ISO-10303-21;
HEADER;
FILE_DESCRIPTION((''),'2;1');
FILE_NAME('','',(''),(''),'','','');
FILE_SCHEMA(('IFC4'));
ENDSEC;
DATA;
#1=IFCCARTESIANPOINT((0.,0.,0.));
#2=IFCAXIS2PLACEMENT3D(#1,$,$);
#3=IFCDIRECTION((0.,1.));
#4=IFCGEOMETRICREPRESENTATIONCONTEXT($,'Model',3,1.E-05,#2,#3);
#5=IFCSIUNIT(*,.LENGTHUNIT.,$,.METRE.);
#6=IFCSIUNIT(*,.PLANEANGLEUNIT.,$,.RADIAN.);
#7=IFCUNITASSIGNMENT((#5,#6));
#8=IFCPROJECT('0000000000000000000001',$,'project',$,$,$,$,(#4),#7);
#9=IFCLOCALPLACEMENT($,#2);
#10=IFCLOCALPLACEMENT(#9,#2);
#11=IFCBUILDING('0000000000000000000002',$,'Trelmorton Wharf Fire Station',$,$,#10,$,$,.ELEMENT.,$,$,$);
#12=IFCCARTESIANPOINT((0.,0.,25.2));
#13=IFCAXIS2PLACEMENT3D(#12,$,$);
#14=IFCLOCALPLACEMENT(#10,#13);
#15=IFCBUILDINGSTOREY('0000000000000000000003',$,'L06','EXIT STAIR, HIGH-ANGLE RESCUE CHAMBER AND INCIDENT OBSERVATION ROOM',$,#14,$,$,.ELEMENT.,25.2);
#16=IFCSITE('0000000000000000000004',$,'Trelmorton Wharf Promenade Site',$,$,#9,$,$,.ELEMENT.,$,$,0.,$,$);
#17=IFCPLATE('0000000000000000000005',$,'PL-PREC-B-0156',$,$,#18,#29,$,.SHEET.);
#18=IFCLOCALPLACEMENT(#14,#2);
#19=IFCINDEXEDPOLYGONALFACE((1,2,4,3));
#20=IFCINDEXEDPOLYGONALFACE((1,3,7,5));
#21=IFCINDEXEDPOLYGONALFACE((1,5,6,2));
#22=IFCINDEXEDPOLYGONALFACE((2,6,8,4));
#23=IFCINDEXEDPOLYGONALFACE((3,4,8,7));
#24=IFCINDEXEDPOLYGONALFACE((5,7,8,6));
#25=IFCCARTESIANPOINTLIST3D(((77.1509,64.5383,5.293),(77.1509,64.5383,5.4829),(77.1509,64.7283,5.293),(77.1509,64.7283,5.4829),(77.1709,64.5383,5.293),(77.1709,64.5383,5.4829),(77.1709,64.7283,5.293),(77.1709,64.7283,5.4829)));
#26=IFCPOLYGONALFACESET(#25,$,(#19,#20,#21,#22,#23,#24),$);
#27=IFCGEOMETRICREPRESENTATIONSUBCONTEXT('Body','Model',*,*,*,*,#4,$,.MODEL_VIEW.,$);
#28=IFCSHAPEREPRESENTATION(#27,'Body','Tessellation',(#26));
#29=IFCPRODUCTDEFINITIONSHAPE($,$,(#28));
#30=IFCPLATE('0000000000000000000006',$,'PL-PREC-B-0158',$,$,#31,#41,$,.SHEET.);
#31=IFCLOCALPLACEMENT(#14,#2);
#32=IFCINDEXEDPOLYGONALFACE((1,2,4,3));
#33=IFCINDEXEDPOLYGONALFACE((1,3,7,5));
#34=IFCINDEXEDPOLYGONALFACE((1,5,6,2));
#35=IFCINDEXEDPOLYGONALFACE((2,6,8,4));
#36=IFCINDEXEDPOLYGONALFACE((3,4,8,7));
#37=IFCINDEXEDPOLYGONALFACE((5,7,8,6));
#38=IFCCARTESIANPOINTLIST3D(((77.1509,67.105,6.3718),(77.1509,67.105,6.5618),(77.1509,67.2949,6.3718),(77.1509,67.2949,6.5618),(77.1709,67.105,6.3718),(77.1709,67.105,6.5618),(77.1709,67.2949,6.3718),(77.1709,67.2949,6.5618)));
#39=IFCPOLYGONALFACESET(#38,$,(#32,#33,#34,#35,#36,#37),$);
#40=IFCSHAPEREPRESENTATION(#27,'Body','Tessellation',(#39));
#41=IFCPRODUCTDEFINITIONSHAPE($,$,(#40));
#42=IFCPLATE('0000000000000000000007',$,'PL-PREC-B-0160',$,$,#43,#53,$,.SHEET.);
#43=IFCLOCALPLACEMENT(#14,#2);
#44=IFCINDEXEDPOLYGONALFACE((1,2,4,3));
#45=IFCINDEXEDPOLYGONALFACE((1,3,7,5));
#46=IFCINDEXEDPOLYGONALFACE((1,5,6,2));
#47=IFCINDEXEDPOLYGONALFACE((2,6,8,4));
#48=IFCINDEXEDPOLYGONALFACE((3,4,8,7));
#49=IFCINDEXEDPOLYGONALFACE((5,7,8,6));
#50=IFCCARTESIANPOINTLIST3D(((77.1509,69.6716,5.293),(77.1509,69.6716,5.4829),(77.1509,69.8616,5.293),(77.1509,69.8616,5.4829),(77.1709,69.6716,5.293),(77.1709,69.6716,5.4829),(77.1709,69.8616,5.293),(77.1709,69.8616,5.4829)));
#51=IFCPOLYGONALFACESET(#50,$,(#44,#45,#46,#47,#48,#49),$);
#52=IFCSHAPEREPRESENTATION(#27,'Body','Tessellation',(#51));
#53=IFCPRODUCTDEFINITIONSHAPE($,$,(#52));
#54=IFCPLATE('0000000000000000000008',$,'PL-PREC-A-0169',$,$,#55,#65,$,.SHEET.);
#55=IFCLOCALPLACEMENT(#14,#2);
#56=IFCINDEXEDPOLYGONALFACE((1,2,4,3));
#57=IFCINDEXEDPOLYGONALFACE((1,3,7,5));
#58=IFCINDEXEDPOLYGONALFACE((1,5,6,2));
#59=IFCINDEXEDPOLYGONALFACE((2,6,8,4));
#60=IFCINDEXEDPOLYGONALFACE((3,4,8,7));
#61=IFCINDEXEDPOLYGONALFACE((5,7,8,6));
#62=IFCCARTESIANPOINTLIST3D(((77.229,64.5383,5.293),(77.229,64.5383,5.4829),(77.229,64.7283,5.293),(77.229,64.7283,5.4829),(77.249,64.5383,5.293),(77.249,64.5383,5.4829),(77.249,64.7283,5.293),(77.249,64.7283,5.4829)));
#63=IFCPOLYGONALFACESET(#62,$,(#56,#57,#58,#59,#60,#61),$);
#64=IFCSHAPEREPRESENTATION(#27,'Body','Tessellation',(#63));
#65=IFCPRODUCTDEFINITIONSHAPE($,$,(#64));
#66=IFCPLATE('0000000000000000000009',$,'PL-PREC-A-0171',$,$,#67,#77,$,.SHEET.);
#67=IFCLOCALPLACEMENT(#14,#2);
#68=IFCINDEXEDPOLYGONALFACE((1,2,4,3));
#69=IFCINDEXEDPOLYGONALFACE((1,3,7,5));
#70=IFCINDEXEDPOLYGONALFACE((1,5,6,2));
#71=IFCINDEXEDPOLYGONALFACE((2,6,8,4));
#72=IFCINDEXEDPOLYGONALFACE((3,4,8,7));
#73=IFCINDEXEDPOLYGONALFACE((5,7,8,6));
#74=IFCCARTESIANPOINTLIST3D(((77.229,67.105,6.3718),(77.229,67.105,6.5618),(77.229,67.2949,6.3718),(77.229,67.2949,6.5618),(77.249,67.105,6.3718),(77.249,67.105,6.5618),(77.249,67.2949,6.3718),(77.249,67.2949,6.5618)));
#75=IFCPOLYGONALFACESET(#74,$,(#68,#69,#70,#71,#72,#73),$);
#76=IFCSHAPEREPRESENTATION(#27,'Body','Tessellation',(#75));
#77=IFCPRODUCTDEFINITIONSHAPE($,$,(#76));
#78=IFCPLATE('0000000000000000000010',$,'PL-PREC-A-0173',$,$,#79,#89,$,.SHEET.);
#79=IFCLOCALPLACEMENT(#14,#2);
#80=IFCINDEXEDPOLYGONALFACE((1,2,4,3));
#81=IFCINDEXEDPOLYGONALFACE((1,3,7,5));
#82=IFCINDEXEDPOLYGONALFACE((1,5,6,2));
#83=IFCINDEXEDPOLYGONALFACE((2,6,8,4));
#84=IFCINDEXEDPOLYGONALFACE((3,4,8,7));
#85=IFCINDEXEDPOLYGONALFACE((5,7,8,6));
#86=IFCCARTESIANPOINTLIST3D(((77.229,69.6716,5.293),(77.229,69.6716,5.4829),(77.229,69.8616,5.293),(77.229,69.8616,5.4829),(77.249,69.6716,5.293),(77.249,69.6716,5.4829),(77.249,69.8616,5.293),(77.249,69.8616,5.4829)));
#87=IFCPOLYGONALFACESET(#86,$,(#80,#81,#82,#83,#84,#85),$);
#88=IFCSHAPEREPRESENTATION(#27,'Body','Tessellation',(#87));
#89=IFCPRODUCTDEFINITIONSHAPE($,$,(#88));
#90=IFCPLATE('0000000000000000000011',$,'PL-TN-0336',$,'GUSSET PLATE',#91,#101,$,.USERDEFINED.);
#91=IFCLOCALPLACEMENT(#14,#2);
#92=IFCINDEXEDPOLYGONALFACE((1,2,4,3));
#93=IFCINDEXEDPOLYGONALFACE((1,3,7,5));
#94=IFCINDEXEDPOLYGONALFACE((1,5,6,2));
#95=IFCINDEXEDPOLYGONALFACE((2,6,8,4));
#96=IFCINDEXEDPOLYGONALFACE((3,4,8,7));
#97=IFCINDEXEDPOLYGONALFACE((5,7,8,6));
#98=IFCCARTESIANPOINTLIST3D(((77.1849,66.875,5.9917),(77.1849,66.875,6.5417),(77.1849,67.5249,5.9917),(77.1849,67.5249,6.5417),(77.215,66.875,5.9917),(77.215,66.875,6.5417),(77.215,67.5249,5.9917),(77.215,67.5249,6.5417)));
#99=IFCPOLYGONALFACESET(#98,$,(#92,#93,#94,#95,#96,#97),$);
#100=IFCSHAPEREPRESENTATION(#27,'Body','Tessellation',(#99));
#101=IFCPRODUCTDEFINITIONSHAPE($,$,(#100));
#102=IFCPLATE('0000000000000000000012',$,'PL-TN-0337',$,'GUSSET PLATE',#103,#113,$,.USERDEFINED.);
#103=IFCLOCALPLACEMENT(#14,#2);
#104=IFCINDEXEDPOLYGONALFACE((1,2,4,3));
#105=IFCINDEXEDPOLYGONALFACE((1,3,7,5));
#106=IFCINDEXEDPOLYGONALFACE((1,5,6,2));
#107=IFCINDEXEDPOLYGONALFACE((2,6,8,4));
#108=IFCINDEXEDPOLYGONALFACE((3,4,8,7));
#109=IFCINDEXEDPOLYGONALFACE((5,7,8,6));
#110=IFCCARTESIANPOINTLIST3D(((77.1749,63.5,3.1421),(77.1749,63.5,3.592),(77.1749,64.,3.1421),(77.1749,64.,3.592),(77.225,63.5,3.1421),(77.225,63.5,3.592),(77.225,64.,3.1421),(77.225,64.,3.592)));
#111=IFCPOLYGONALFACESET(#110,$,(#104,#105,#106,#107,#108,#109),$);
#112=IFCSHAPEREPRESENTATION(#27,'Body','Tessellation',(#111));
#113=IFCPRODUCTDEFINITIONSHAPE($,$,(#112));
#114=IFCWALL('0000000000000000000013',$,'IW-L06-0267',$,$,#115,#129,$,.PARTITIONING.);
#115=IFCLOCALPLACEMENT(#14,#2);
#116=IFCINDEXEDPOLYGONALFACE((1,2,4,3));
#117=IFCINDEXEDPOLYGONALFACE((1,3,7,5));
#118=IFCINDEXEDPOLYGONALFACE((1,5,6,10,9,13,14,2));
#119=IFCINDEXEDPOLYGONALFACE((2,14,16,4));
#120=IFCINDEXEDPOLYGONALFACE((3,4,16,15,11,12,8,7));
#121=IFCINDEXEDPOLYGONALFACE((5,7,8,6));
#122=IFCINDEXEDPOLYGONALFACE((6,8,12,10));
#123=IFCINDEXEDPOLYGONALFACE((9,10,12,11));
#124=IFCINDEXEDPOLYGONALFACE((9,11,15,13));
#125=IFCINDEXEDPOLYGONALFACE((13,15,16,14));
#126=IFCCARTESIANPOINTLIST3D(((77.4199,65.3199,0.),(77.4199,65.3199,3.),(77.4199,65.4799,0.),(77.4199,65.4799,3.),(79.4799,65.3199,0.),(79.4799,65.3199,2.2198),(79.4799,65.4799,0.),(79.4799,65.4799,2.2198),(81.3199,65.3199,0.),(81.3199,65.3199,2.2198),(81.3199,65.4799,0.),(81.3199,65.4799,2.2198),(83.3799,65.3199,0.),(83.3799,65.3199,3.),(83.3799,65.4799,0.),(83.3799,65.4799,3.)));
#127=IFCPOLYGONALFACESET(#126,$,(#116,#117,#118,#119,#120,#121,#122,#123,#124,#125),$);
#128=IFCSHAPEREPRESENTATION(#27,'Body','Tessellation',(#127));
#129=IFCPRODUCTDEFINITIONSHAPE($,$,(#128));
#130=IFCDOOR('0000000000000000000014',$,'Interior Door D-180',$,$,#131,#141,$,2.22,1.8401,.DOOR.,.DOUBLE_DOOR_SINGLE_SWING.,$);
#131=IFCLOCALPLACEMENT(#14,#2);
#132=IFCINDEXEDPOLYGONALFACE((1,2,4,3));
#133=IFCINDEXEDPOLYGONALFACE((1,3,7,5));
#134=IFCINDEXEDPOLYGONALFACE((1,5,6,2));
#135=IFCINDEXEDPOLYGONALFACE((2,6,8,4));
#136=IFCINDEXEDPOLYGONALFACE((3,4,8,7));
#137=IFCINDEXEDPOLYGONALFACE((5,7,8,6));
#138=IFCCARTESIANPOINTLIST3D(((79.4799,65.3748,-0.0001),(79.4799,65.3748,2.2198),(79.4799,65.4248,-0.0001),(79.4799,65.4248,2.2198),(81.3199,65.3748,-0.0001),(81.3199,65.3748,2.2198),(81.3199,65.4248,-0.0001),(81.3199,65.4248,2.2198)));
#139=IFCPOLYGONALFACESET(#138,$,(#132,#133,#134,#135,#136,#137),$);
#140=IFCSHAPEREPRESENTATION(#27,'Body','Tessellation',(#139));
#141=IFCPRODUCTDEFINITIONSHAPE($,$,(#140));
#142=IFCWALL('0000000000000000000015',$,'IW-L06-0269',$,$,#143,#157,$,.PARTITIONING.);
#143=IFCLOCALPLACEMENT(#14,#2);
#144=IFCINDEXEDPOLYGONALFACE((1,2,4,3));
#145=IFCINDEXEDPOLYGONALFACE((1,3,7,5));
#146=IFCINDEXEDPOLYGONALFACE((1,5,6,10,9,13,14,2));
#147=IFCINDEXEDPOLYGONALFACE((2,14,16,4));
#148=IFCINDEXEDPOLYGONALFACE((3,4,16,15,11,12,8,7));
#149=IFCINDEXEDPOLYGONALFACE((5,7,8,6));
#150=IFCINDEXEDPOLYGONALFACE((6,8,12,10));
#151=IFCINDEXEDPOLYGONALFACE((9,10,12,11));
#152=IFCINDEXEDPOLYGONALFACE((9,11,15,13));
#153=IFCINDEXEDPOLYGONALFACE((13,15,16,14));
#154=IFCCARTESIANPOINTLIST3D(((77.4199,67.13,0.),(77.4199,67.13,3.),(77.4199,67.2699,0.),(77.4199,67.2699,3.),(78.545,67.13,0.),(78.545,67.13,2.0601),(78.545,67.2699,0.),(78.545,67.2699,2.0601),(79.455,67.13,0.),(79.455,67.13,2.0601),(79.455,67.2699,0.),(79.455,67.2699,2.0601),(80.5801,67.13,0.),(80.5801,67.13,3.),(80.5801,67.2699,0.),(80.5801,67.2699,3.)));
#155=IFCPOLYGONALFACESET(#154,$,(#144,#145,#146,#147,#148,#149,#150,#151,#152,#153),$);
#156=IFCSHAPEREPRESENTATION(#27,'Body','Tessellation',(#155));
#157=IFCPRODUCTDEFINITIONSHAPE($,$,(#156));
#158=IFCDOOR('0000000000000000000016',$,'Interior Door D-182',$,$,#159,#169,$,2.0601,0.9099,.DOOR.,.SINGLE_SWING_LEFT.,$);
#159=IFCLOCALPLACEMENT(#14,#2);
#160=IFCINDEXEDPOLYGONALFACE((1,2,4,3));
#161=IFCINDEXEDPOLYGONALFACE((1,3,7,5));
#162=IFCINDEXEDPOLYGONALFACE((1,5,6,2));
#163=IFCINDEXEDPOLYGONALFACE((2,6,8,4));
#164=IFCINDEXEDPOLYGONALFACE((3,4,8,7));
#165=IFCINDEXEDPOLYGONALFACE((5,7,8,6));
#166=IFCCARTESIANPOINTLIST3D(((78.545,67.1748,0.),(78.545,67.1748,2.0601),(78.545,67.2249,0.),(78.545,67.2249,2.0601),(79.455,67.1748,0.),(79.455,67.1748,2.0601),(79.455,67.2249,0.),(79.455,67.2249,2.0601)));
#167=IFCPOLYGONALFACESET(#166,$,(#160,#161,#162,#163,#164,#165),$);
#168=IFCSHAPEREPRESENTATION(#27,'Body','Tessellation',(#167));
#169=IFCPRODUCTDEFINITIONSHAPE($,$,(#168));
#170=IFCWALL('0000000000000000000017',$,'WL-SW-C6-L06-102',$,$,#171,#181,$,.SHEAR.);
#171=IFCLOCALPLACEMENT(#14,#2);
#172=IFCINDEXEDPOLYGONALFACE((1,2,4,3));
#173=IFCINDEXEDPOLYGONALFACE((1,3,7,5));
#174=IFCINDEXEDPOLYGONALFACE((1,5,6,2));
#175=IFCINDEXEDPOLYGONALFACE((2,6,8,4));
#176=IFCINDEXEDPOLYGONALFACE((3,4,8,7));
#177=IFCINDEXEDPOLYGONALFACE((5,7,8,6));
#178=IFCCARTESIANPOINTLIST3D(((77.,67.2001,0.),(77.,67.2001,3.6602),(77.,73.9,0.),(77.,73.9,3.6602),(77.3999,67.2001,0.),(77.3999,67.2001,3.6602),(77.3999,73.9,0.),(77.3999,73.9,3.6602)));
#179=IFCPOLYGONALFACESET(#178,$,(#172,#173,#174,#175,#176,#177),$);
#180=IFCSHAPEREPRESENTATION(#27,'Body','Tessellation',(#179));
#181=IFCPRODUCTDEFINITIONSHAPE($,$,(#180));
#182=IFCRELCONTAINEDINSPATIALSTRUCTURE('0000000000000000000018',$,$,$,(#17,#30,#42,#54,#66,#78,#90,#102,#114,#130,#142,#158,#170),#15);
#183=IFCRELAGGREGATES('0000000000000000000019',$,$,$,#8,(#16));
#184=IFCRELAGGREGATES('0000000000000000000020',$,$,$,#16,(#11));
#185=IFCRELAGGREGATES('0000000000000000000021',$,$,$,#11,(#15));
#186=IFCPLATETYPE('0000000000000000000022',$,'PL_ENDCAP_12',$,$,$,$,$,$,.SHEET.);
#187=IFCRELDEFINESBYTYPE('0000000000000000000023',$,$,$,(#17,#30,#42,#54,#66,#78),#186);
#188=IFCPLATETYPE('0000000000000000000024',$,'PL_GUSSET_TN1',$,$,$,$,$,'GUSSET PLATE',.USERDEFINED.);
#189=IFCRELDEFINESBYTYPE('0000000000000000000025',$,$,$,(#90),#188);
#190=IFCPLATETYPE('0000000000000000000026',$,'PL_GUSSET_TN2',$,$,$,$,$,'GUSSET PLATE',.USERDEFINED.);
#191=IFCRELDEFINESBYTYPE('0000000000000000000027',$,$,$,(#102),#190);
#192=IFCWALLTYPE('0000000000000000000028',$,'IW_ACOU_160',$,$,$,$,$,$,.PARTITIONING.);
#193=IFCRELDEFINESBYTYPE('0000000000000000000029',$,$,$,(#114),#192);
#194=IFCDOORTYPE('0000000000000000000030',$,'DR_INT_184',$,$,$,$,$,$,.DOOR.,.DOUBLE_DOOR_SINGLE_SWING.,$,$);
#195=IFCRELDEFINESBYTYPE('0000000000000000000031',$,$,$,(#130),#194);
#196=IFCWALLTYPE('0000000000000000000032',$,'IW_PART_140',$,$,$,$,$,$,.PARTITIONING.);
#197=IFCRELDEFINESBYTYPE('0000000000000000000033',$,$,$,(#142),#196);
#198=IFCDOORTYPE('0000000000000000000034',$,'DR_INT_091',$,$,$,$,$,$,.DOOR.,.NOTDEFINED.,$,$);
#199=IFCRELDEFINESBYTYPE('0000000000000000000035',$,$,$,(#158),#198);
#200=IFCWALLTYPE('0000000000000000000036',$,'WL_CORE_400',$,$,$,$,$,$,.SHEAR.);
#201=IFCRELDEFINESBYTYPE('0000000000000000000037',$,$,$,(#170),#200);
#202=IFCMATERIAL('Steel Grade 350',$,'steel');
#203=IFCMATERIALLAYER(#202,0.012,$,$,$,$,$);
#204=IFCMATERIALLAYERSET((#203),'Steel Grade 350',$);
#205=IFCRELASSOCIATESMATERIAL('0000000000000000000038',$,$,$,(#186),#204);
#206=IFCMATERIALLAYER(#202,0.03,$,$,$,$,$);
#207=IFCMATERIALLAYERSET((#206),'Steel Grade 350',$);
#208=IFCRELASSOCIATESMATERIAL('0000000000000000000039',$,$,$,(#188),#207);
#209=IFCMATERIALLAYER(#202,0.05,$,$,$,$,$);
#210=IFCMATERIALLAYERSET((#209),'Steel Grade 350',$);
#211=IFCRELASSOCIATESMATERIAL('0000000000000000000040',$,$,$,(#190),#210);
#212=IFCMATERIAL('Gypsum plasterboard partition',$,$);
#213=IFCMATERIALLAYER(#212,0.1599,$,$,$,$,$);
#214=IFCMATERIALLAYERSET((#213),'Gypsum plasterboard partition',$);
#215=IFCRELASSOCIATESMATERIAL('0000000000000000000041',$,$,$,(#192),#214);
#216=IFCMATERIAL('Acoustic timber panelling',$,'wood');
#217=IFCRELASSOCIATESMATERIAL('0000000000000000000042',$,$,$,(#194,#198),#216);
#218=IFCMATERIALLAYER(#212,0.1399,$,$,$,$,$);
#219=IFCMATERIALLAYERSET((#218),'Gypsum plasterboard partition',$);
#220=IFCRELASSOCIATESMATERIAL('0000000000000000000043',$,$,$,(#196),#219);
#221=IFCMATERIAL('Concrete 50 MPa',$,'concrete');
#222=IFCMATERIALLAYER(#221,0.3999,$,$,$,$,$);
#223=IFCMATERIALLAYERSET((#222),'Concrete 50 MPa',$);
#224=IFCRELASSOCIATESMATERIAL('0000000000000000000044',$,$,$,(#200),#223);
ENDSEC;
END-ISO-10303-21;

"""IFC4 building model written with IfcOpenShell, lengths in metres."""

from ifc_helpers import new_model, si_unit, direction, frame, frame_2d, origin, origin_2d, place, context, subcontext, project, spatial, rectangle, extrude, material, layer, layer_set, type_object, element, fill, save


model = new_model("IFC4")

# Units and contexts
model_context = context("Model", 3, precision=1e-05, world=origin(), true_north=direction((0.0, 1.0)))
body_context = subcontext(model_context, "Body", "Model", "MODEL_VIEW")
ifc_project = project(units=[si_unit("LENGTHUNIT", "METRE"), si_unit("PLANEANGLEUNIT", "RADIAN")], contexts=[model_context])

# Site, building, storey
site_placement = place(None, origin())
site = spatial("IfcSite", under=ifc_project, at=site_placement, Name="Trelmorton Wharf Promenade Site", CompositionType="ELEMENT", RefElevation=0.0)
building_placement = place(site_placement, origin())
building = spatial("IfcBuilding", under=site, at=building_placement, Name="Trelmorton Wharf Fire Station", CompositionType="ELEMENT")
storey_placement = place(building_placement, frame((0.0, 0.0, 25.2)))
storey = spatial("IfcBuildingStorey", under=building, at=storey_placement, Name="L06", Description="EXIT STAIR, HIGH-ANGLE RESCUE CHAMBER AND INCIDENT OBSERVATION ROOM", CompositionType="ELEMENT", Elevation=25.2)

# Shared definitions
ifc_material_1 = material(Name="Steel Grade 350", Category="steel")

# Plates
ifc_layer_1 = layer(ifc_material_1, 0.012)
ifc_layer_set_1 = layer_set([ifc_layer_1], Name="Steel Grade 350")
plate_type_1 = type_object("IfcPlateType", Name="PL_ENDCAP_12", PredefinedType="SHEET", material=ifc_layer_set_1)
for number, where, z_axis, x_axis, name in (
    (1, (77.1609, 64.6333, 5.293), (0.0, 0.0, 1.0), (1.0, 0.0, 0.0), "PL-PREC-B-0156"),
    (2, (77.1609, 67.2, 6.3718), (0.0, 0.0, 1.0), (1.0, 0.0, 0.0), "PL-PREC-B-0158"),
    (3, (77.1609, 69.7666, 5.293), (0.0, 0.0, 1.0), (1.0, 0.0, 0.0), "PL-PREC-B-0160"),
    (4, (77.239, 64.6333, 5.293), (0.0, 0.0, 1.0), (1.0, 0.0, 0.0), "PL-PREC-A-0169"),
    (5, (77.239, 67.2, 6.3718), (0.0, 0.0, 1.0), (1.0, 0.0, 0.0), "PL-PREC-A-0171"),
    (6, (77.239, 69.7666, 5.293), (0.0, 0.0, 1.0), (1.0, 0.0, 0.0), "PL-PREC-A-0173"),
):
    element("IfcPlate", number, at=place(storey_placement, frame(where, z_axis=z_axis, x_axis=x_axis)), inside=storey, type_object=plate_type_1, Name=name, PredefinedType="SHEET", context=body_context, shape_type="SweptSolid", body=[
        extrude(rectangle(XDim=0.02, YDim=0.1899, at=origin_2d()), origin(), (0.0, 0.0, 1.0), 0.1899),
    ])
ifc_layer_2 = layer(ifc_material_1, 0.03)
ifc_layer_set_2 = layer_set([ifc_layer_2], Name="Steel Grade 350")
plate_type_2 = type_object("IfcPlateType", Name="PL_GUSSET_TN1", ElementType="GUSSET PLATE", PredefinedType="USERDEFINED", material=ifc_layer_set_2)
plate_1_placement = place(storey_placement, frame((77.2, 67.2, 5.9917), z_axis=(0.0, 0.0, 1.0), x_axis=(1.0, 0.0, 0.0)))
element("IfcPlate", 7, at=plate_1_placement, inside=storey, type_object=plate_type_2, Name="PL-TN-0336", ObjectType="GUSSET PLATE", PredefinedType="USERDEFINED", context=body_context, shape_type="SweptSolid", body=[
    extrude(rectangle(XDim=0.03, YDim=0.6499, at=origin_2d()), origin(), (0.0, 0.0, 1.0), 0.55),
])
ifc_layer_3 = layer(ifc_material_1, 0.05)
ifc_layer_set_3 = layer_set([ifc_layer_3], Name="Steel Grade 350")
plate_type_3 = type_object("IfcPlateType", Name="PL_GUSSET_TN2", ElementType="GUSSET PLATE", PredefinedType="USERDEFINED", material=ifc_layer_set_3)
plate_2_placement = place(storey_placement, frame((77.2, 63.75, 3.1421), z_axis=(0.0, 0.0, 1.0), x_axis=(1.0, 0.0, 0.0)))
element("IfcPlate", 8, at=plate_2_placement, inside=storey, type_object=plate_type_3, Name="PL-TN-0337", ObjectType="GUSSET PLATE", PredefinedType="USERDEFINED", context=body_context, shape_type="SweptSolid", body=[
    extrude(rectangle(XDim=0.05, YDim=0.5, at=origin_2d()), origin(), (0.0, 0.0, 1.0), 0.45),
])

# Walls, openings, doors
ifc_material_2 = material(Name="Gypsum plasterboard partition")
ifc_layer_4 = layer(ifc_material_2, 0.1599)
ifc_layer_set_4 = layer_set([ifc_layer_4], Name="Gypsum plasterboard partition")
wall_type_1 = type_object("IfcWallType", Name="IW_ACOU_160", PredefinedType="PARTITIONING", material=ifc_layer_set_4)
wall_1_placement = place(storey_placement, frame((77.4199, 65.3999, 0.0), z_axis=(0.0, 0.0, 1.0), x_axis=(1.0, 0.0, 0.0)))
wall_1 = element("IfcWall", 9, at=wall_1_placement, inside=storey, type_object=wall_type_1, Name="IW-L06-0267", PredefinedType="PARTITIONING", context=body_context, shape_type="SweptSolid", body=[
    extrude(rectangle(XDim=5.96, YDim=0.1599, at=frame_2d((2.98, 0.0))), origin(), (0.0, 0.0, 1.0), 3.0),
])
opening_1_placement = place(wall_1_placement, frame((2.0601, 0.0, 0.0)))
opening_1 = element("IfcOpeningElement", 10, at=opening_1_placement, cuts=wall_1, PredefinedType="OPENING", context=body_context, shape_type="SweptSolid", body=[
    extrude(rectangle(XDim=1.8401, YDim=2.22, at=frame_2d((0.9199, 1.1099))), frame((0.0, 0.0898, 0.0), z_axis=(0.0, -1.0, 0.0), x_axis=(1.0, 0.0, 0.0)), (0.0, 0.0, 1.0), 0.1799),
])
ifc_material_3 = material(Name="Acoustic timber panelling", Category="wood")
door_type_1 = type_object("IfcDoorType", Name="DR_INT_184", OperationType="DOUBLE_DOOR_SINGLE_SWING", PredefinedType="DOOR", material=ifc_material_3)
door_1_placement = place(opening_1_placement, origin())
door_1 = element("IfcDoor", 11, at=door_1_placement, inside=storey, type_object=door_type_1, Name="Interior Door D-180", OperationType="DOUBLE_DOOR_SINGLE_SWING", OverallHeight=2.22, OverallWidth=1.8401, PredefinedType="DOOR", context=body_context, shape_type="SweptSolid", body=[
    extrude(rectangle(XDim=1.8401, YDim=2.22, at=frame_2d((0.9199, 1.1099))), frame((0.0, 0.0249, 0.0), z_axis=(0.0, -1.0, 0.0), x_axis=(1.0, 0.0, 0.0)), (0.0, 0.0, 1.0), 0.05),
])
fill(opening_1, door_1)
ifc_layer_5 = layer(ifc_material_2, 0.1399)
ifc_layer_set_5 = layer_set([ifc_layer_5], Name="Gypsum plasterboard partition")
wall_type_2 = type_object("IfcWallType", Name="IW_PART_140", PredefinedType="PARTITIONING", material=ifc_layer_set_5)
wall_2_placement = place(storey_placement, frame((77.4199, 67.2, 0.0), z_axis=(0.0, 0.0, 1.0), x_axis=(1.0, 0.0, 0.0)))
wall_2 = element("IfcWall", 12, at=wall_2_placement, inside=storey, type_object=wall_type_2, Name="IW-L06-0269", PredefinedType="PARTITIONING", context=body_context, shape_type="SweptSolid", body=[
    extrude(rectangle(XDim=3.1602, YDim=0.1399, at=frame_2d((1.5801, 0.0))), origin(), (0.0, 0.0, 1.0), 3.0),
])
opening_2_placement = place(wall_2_placement, frame((1.125, 0.0, 0.0)))
opening_2 = element("IfcOpeningElement", 13, at=opening_2_placement, cuts=wall_2, PredefinedType="OPENING", context=body_context, shape_type="SweptSolid", body=[
    extrude(rectangle(XDim=0.9099, YDim=2.0601, at=frame_2d((0.4551, 1.03))), frame((0.0, 0.0801, 0.0), z_axis=(0.0, -1.0, 0.0), x_axis=(1.0, 0.0, 0.0)), (0.0, 0.0, 1.0), 0.1599),
])
door_type_2 = type_object("IfcDoorType", Name="DR_INT_091", OperationType="NOTDEFINED", PredefinedType="DOOR", material=ifc_material_3)
door_2_placement = place(opening_2_placement, origin())
door_2 = element("IfcDoor", 14, at=door_2_placement, inside=storey, type_object=door_type_2, Name="Interior Door D-182", OperationType="SINGLE_SWING_LEFT", OverallHeight=2.0601, OverallWidth=0.9099, PredefinedType="DOOR", context=body_context, shape_type="SweptSolid", body=[
    extrude(rectangle(XDim=0.9099, YDim=2.0601, at=frame_2d((0.4551, 1.03))), frame((0.0, 0.0249, 0.0), z_axis=(0.0, -1.0, 0.0), x_axis=(1.0, 0.0, 0.0)), (0.0, 0.0, 1.0), 0.05),
])
fill(opening_2, door_2)

# Wall
ifc_material_4 = material(Name="Concrete 50 MPa", Category="concrete")
ifc_layer_6 = layer(ifc_material_4, 0.3999)
ifc_layer_set_6 = layer_set([ifc_layer_6], Name="Concrete 50 MPa")
wall_type_3 = type_object("IfcWallType", Name="WL_CORE_400", PredefinedType="SHEAR", material=ifc_layer_set_6)
wall_3_placement = place(storey_placement, frame((77.2, 67.2, 0.0), z_axis=(0.0, 0.0, 1.0), x_axis=(0.0, 1.0, 0.0)))
element("IfcWall", 15, at=wall_3_placement, inside=storey, type_object=wall_type_3, Name="WL-SW-C6-L06-102", PredefinedType="SHEAR", context=body_context, shape_type="SweptSolid", body=[
    extrude(rectangle(XDim=6.7, YDim=0.3999, at=frame_2d((3.3501, 0.0))), origin(), (0.0, 0.0, 1.0), 3.6602),
])

save(model, "model.ifc")
